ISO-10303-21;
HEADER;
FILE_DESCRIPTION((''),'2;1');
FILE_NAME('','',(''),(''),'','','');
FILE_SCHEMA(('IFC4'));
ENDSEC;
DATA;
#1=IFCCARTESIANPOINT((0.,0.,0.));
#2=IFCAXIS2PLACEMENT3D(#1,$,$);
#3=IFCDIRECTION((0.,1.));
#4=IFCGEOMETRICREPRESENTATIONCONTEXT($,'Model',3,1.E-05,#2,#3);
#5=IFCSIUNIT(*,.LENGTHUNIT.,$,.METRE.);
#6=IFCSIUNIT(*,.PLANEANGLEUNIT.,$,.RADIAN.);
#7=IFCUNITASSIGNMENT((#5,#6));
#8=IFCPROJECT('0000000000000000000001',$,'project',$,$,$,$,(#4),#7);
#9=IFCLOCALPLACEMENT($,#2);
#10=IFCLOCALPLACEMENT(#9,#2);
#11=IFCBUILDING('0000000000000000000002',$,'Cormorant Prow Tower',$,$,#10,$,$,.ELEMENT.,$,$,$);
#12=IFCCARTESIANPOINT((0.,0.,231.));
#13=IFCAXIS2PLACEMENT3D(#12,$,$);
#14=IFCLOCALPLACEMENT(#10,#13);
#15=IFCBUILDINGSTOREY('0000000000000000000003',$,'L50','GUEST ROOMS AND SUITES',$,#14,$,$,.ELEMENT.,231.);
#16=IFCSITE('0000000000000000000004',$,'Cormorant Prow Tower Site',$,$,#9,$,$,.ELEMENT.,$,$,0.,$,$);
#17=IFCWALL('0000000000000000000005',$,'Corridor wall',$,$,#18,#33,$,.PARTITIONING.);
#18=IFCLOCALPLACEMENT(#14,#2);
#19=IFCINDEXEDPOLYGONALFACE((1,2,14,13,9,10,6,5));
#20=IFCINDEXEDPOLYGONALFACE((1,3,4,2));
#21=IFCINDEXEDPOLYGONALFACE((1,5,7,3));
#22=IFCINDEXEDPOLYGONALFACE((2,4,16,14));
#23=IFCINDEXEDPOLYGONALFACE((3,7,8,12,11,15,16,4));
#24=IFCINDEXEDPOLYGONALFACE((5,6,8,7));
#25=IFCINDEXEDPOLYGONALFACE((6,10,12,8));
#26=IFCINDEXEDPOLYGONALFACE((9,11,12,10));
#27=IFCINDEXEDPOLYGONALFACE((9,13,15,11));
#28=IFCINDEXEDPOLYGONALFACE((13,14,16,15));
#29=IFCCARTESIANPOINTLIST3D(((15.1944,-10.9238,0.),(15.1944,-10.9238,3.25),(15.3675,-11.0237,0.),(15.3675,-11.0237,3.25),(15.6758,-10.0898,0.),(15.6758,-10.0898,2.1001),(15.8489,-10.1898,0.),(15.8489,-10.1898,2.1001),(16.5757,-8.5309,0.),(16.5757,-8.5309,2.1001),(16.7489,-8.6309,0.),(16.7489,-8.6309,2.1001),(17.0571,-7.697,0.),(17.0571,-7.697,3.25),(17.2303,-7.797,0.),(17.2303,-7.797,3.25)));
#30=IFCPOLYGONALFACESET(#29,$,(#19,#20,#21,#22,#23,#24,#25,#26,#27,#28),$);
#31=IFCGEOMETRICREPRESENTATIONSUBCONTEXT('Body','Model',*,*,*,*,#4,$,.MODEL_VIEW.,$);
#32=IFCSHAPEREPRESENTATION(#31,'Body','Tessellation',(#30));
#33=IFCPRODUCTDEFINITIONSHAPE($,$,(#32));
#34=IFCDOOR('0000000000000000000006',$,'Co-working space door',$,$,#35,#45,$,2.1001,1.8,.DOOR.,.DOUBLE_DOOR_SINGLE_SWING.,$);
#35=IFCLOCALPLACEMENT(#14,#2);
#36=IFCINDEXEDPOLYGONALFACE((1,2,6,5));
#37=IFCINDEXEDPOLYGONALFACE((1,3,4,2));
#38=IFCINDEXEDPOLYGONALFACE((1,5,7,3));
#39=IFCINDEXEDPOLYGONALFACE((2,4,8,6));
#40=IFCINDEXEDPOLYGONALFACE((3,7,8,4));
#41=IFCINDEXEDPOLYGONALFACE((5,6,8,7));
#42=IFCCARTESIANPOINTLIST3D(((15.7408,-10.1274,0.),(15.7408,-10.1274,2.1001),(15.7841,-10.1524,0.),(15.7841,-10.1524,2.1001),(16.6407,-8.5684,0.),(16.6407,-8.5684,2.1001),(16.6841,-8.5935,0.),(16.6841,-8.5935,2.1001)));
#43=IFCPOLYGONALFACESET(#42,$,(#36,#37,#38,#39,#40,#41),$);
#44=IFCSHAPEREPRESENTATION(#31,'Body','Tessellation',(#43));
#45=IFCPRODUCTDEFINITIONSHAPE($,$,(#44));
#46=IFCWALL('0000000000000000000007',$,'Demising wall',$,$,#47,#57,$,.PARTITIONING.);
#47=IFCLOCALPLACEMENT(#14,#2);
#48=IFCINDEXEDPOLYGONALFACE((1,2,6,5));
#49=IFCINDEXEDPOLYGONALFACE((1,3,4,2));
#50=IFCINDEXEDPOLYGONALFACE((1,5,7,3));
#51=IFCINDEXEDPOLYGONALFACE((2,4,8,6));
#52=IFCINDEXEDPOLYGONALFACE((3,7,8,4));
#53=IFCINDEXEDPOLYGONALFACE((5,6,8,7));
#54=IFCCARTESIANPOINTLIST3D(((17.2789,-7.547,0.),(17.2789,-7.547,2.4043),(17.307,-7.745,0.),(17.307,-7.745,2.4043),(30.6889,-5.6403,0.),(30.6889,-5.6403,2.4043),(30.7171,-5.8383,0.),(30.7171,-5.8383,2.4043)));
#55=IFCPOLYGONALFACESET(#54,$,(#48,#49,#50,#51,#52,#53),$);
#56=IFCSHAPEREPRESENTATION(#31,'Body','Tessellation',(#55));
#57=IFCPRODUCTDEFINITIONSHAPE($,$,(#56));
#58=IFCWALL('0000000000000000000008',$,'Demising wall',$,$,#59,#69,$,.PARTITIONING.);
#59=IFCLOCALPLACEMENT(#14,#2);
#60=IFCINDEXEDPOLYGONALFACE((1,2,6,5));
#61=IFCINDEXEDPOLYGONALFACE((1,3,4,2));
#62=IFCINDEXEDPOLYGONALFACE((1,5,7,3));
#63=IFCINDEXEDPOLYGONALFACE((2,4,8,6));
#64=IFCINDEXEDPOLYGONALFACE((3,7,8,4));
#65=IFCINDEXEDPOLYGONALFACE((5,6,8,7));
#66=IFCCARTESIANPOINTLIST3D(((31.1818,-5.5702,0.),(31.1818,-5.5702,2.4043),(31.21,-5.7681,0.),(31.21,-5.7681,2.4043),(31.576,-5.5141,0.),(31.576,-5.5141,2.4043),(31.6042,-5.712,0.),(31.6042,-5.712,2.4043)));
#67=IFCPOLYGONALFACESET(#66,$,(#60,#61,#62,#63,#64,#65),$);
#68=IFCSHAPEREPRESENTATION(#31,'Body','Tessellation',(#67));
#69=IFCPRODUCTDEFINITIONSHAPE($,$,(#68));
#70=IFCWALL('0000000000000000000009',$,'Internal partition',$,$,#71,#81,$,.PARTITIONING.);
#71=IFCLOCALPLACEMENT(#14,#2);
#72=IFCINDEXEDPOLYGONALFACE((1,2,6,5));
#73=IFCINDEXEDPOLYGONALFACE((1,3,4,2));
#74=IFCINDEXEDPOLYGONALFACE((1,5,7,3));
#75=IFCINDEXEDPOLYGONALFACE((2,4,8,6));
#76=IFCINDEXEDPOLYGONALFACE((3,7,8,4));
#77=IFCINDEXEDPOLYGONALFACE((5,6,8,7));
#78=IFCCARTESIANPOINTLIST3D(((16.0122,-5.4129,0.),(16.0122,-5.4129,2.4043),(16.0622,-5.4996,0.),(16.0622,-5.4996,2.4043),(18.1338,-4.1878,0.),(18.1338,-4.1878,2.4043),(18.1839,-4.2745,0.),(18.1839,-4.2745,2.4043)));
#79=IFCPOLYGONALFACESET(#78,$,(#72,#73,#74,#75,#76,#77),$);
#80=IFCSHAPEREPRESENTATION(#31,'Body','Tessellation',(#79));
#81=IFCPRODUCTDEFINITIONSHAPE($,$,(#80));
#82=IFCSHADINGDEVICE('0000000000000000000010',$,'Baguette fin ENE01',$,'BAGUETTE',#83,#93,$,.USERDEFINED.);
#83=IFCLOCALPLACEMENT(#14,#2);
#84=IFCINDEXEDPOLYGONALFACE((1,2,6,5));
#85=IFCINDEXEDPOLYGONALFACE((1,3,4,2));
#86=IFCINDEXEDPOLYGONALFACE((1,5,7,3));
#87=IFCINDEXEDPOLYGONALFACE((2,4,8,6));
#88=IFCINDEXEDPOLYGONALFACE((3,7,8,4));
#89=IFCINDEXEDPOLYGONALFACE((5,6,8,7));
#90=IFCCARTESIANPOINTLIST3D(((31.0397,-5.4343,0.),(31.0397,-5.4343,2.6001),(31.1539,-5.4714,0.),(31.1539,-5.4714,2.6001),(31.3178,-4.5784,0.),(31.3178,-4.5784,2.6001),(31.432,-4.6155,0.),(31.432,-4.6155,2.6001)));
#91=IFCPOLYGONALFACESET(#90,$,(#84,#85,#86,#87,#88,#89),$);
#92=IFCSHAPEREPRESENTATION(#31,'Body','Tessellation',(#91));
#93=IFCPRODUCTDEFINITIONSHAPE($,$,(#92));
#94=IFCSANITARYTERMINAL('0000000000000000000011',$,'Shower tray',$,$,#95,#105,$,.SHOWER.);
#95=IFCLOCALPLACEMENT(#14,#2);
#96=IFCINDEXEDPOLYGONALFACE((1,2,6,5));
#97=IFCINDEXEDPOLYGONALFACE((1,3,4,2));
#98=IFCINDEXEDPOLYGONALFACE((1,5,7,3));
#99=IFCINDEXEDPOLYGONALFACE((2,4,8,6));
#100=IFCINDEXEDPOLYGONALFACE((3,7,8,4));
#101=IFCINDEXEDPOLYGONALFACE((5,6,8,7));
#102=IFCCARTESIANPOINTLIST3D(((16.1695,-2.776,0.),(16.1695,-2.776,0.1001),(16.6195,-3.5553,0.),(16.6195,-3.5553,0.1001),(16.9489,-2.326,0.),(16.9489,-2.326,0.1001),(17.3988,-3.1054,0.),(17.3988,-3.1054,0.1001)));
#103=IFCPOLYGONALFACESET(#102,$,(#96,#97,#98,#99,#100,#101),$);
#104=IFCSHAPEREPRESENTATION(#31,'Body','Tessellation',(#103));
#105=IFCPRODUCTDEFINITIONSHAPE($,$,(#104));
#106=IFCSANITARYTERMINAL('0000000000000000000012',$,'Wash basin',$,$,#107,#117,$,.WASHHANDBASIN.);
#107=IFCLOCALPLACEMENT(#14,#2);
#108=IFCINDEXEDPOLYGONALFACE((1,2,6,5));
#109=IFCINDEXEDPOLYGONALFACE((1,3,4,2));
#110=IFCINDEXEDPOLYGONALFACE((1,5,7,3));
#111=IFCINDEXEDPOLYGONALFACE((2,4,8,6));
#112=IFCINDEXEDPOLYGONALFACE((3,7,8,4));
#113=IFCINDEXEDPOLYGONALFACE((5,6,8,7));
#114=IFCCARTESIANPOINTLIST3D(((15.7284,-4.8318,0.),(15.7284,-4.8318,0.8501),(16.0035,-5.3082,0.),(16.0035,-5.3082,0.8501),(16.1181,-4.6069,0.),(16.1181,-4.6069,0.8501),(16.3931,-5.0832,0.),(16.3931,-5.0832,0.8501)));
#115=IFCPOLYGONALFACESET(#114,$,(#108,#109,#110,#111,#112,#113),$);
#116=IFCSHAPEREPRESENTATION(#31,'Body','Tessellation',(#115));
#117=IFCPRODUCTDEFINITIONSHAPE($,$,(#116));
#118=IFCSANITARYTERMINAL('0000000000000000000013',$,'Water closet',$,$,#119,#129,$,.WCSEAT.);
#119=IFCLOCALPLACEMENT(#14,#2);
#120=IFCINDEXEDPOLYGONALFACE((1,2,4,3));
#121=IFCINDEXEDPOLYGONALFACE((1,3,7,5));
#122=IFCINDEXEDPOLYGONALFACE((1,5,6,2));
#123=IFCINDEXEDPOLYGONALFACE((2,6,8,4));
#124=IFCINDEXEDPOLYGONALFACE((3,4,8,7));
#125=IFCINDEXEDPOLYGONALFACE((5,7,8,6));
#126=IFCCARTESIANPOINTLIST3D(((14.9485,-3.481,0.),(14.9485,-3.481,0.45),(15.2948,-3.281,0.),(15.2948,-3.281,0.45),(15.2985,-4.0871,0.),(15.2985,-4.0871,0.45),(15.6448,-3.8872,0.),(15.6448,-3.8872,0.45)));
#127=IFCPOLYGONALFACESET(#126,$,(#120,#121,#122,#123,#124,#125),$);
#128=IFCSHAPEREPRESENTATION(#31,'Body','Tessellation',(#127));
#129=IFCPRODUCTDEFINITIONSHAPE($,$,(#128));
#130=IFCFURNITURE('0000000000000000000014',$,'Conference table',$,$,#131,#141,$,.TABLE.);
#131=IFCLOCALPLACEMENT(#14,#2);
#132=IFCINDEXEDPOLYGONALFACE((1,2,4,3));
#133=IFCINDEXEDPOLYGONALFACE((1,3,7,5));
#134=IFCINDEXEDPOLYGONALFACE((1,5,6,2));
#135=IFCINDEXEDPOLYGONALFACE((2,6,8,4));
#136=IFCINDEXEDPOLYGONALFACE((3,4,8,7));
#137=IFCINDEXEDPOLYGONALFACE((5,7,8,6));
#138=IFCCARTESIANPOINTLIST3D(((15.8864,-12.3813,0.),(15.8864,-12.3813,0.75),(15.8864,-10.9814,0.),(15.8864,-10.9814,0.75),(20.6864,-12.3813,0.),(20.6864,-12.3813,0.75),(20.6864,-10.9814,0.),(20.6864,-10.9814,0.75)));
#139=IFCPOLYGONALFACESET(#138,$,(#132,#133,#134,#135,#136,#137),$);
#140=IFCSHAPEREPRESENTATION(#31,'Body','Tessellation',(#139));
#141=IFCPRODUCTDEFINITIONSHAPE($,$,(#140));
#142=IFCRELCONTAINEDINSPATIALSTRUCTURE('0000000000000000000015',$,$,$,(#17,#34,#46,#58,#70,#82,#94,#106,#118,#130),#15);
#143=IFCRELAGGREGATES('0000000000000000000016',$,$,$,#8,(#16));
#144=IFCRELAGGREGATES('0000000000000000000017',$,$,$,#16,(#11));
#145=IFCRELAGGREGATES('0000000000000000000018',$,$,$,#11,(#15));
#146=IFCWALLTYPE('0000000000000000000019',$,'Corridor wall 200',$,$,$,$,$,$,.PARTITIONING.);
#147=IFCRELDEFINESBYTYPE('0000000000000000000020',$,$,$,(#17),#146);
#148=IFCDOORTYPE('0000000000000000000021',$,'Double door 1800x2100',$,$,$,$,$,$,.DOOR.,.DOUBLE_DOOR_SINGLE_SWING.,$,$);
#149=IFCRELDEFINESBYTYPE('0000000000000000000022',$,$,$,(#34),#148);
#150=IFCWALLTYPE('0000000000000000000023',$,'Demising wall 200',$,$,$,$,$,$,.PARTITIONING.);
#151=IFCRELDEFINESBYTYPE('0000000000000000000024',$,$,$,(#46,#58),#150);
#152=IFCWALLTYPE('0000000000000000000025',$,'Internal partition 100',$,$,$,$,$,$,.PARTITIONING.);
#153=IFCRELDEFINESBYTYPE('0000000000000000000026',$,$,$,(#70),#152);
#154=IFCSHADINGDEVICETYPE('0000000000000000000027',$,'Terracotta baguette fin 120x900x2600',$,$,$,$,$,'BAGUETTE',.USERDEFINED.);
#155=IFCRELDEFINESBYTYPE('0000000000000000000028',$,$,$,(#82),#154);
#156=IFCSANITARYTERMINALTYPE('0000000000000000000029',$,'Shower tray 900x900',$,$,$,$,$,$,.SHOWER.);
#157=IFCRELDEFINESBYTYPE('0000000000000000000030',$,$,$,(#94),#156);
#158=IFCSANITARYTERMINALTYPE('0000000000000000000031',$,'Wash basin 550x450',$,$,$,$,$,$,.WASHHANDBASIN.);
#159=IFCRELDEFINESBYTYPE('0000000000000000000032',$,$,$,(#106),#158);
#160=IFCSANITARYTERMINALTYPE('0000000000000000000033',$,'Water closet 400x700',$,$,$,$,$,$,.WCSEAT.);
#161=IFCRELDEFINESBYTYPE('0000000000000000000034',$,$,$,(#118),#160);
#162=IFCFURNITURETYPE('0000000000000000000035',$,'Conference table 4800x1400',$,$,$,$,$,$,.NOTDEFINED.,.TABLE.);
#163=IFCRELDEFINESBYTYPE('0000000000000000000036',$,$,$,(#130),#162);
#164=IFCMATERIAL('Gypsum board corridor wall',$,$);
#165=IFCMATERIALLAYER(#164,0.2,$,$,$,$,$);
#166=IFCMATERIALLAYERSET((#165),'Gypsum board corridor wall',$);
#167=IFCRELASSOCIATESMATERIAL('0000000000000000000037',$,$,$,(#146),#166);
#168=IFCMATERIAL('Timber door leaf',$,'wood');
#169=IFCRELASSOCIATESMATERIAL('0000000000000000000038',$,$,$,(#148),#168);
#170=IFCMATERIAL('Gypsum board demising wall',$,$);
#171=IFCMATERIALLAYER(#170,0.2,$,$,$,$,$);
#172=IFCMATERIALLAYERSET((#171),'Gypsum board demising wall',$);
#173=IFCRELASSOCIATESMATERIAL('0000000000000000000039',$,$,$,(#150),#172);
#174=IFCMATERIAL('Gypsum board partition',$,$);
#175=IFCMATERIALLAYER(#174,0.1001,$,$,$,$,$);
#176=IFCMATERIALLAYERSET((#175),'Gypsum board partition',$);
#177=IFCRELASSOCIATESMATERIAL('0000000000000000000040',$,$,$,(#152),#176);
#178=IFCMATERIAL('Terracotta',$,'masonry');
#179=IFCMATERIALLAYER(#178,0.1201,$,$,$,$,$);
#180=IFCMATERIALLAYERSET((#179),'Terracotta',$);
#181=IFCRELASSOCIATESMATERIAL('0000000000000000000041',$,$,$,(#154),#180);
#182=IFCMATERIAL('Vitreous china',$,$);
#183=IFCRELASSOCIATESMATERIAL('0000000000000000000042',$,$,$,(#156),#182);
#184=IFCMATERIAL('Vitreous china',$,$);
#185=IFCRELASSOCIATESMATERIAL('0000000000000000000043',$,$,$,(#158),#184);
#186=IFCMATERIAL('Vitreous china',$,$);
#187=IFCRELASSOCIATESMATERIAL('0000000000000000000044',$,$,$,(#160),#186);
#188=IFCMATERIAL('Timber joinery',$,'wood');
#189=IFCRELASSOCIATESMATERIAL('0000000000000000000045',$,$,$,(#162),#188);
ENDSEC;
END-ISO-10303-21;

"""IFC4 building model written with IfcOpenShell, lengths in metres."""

from ifc_helpers import new_model, si_unit, direction, frame, frame_2d, origin, origin_2d, place, context, subcontext, project, spatial, rectangle, extrude, material, layer, layer_set, type_object, element, fill, save


model = new_model("IFC4")

# Units and contexts
model_context = context("Model", 3, precision=1e-05, world=origin(), true_north=direction((0.0, 1.0)))
body_context = subcontext(model_context, "Body", "Model", "MODEL_VIEW")
ifc_project = project(units=[si_unit("LENGTHUNIT", "METRE"), si_unit("PLANEANGLEUNIT", "RADIAN")], contexts=[model_context])

# Site, building, storey
site_placement = place(None, origin())
site = spatial("IfcSite", under=ifc_project, at=site_placement, Name="Cormorant Prow Tower Site", CompositionType="ELEMENT", RefElevation=0.0)
building_placement = place(site_placement, origin())
building = spatial("IfcBuilding", under=site, at=building_placement, Name="Cormorant Prow Tower", CompositionType="ELEMENT")
storey_placement = place(building_placement, frame((0.0, 0.0, 231.0)))
storey = spatial("IfcBuildingStorey", under=building, at=storey_placement, Name="L50", Description="GUEST ROOMS AND SUITES", CompositionType="ELEMENT", Elevation=231.0)

# Wall, opening, door
ifc_material_1 = material(Name="Gypsum board corridor wall")
ifc_layer_1 = layer(ifc_material_1, 0.2)
ifc_layer_set_1 = layer_set([ifc_layer_1], Name="Gypsum board corridor wall")
wall_type_1 = type_object("IfcWallType", Name="Corridor wall 200", PredefinedType="PARTITIONING", material=ifc_layer_set_1)
wall_1_placement = place(storey_placement, frame((15.281, -10.9736, 0.0), z_axis=(0.0, 0.0, 1.0), x_axis=(0.499959, 0.866049, 0.0)))
wall_1 = element("IfcWall", 1, at=wall_1_placement, inside=storey, type_object=wall_type_1, Name="Corridor wall", PredefinedType="PARTITIONING", context=body_context, shape_type="SweptSolid", body=[
    extrude(rectangle(XDim=3.7258, YDim=0.2, at=frame_2d((1.8628, 0.0))), origin(), (0.0, 0.0, 1.0), 3.25),
])
opening_1_placement = place(wall_1_placement, frame((0.9629, 0.0, 0.0)))
opening_1 = element("IfcOpeningElement", 2, at=opening_1_placement, cuts=wall_1, PredefinedType="OPENING", context=body_context, shape_type="SweptSolid", body=[
    extrude(rectangle(XDim=1.8, YDim=2.1001, at=frame_2d((0.8999, 1.05))), frame((0.0, 0.1099, 0.0), z_axis=(0.0, -1.0, 0.0), x_axis=(1.0, 0.0, 0.0)), (0.0, 0.0, 1.0), 0.22),
])
ifc_material_2 = material(Name="Timber door leaf", Category="wood")
door_type_1 = type_object("IfcDoorType", Name="Double door 1800x2100", OperationType="DOUBLE_DOOR_SINGLE_SWING", PredefinedType="DOOR", material=ifc_material_2)
door_1_placement = place(opening_1_placement, origin())
door_1 = element("IfcDoor", 3, at=door_1_placement, inside=storey, type_object=door_type_1, Name="Co-working space door", OperationType="DOUBLE_DOOR_SINGLE_SWING", OverallHeight=2.1001, OverallWidth=1.8, PredefinedType="DOOR", context=body_context, shape_type="SweptSolid", body=[
    extrude(rectangle(XDim=1.8, YDim=2.1001, at=frame_2d((0.8999, 1.05))), frame((0.0, 0.0249, 0.0), z_axis=(0.0, -1.0, 0.0), x_axis=(1.0, 0.0, 0.0)), (0.0, 0.0, 1.0), 0.05),
])
fill(opening_1, door_1)

# Walls
ifc_material_3 = material(Name="Gypsum board demising wall")
ifc_layer_2 = layer(ifc_material_3, 0.2)
ifc_layer_set_2 = layer_set([ifc_layer_2], Name="Gypsum board demising wall")
wall_type_2 = type_object("IfcWallType", Name="Demising wall 200", PredefinedType="PARTITIONING", material=ifc_layer_set_2)
wall_2_placement = place(storey_placement, frame((17.293, -7.646, 0.0), z_axis=(0.0, 0.0, 1.0), x_axis=(0.990042, 0.14077, 0.0)))
element("IfcWall", 4, at=wall_2_placement, inside=storey, type_object=wall_type_2, Name="Demising wall", PredefinedType="PARTITIONING", context=body_context, shape_type="SweptSolid", body=[
    extrude(rectangle(XDim=13.5449, YDim=0.2, at=frame_2d((6.7725, 0.0))), origin(), (0.0, 0.0, 1.0), 2.4043),
])
wall_3_placement = place(storey_placement, frame((31.1958, -5.6692, 0.0), z_axis=(0.0, 0.0, 1.0), x_axis=(0.990011, 0.140992, 0.0)))
element("IfcWall", 5, at=wall_3_placement, inside=storey, type_object=wall_type_2, Name="Demising wall", PredefinedType="PARTITIONING", context=body_context, shape_type="SweptSolid", body=[
    extrude(rectangle(XDim=0.3982, YDim=0.2, at=frame_2d((0.1992, 0.0))), origin(), (0.0, 0.0, 1.0), 2.4043),
])
ifc_material_4 = material(Name="Gypsum board partition")
ifc_layer_3 = layer(ifc_material_4, 0.1001)
ifc_layer_set_3 = layer_set([ifc_layer_3], Name="Gypsum board partition")
wall_type_3 = type_object("IfcWallType", Name="Internal partition 100", PredefinedType="PARTITIONING", material=ifc_layer_set_3)
wall_4_placement = place(storey_placement, frame((16.0371, -5.4563, 0.0), z_axis=(0.0, 0.0, 1.0), x_axis=(0.86599, 0.500062, 0.0)))
element("IfcWall", 6, at=wall_4_placement, inside=storey, type_object=wall_type_3, Name="Internal partition", PredefinedType="PARTITIONING", context=body_context, shape_type="SweptSolid", body=[
    extrude(rectangle(XDim=2.45, YDim=0.1001, at=frame_2d((1.2251, 0.0))), origin(), (0.0, 0.0, 1.0), 2.4043),
])

# Shading device
ifc_material_5 = material(Name="Terracotta", Category="masonry")
ifc_layer_4 = layer(ifc_material_5, 0.1201)
ifc_layer_set_4 = layer_set([ifc_layer_4], Name="Terracotta")
shading_device_type = type_object("IfcShadingDeviceType", Name="Terracotta baguette fin 120x900x2600", ElementType="BAGUETTE", PredefinedType="USERDEFINED", material=ifc_layer_set_4)
shading_device_placement = place(storey_placement, frame((31.2358, -5.0249, 0.0), z_axis=(0.0, 0.0, 1.0), x_axis=(-0.951057, 0.309017, 0.0)))
element("IfcShadingDevice", 7, at=shading_device_placement, inside=storey, type_object=shading_device_type, Name="Baguette fin ENE01", ObjectType="BAGUETTE", PredefinedType="USERDEFINED", context=body_context, shape_type="SweptSolid", body=[
    extrude(rectangle(XDim=0.1201, YDim=0.8999, at=origin_2d()), origin(), (0.0, 0.0, 1.0), 2.6001),
])

# Sanitary terminals
ifc_material_6 = material(Name="Vitreous china")
sanitary_terminal_type_1 = type_object("IfcSanitaryTerminalType", Name="Shower tray 900x900", PredefinedType="SHOWER", material=ifc_material_6)
sanitary_terminal_1_placement = place(storey_placement, frame((16.7842, -2.9407, 0.0), z_axis=(0.0, 0.0, 1.0), x_axis=(0.5, -0.866025, 0.0)))
element("IfcSanitaryTerminal", 8, at=sanitary_terminal_1_placement, inside=storey, type_object=sanitary_terminal_type_1, Name="Shower tray", PredefinedType="SHOWER", context=body_context, shape_type="SweptSolid", body=[
    extrude(rectangle(XDim=0.8999, YDim=0.8999, at=origin_2d()), origin(), (0.0, 0.0, 1.0), 0.1001),
])
ifc_material_7 = material(Name="Vitreous china")
sanitary_terminal_type_2 = type_object("IfcSanitaryTerminalType", Name="Wash basin 550x450", PredefinedType="WASHHANDBASIN", material=ifc_material_7)
sanitary_terminal_2_placement = place(storey_placement, frame((16.0608, -4.9575, 0.0), z_axis=(0.0, 0.0, 1.0), x_axis=(-0.5, 0.866025, 0.0)))
element("IfcSanitaryTerminal", 9, at=sanitary_terminal_2_placement, inside=storey, type_object=sanitary_terminal_type_2, Name="Wash basin", PredefinedType="WASHHANDBASIN", context=body_context, shape_type="SweptSolid", body=[
    extrude(rectangle(XDim=0.55, YDim=0.45, at=origin_2d()), origin(), (0.0, 0.0, 1.0), 0.8501),
])
ifc_material_8 = material(Name="Vitreous china")
sanitary_terminal_type_3 = type_object("IfcSanitaryTerminalType", Name="Water closet 400x700", PredefinedType="WCSEAT", material=ifc_material_8)
sanitary_terminal_3_placement = place(storey_placement, frame((15.2966, -3.6841, 0.0), z_axis=(0.0, 0.0, 1.0), x_axis=(0.866025, 0.5, 0.0)))
element("IfcSanitaryTerminal", 10, at=sanitary_terminal_3_placement, inside=storey, type_object=sanitary_terminal_type_3, Name="Water closet", PredefinedType="WCSEAT", context=body_context, shape_type="SweptSolid", body=[
    extrude(rectangle(XDim=0.3999, YDim=0.7, at=origin_2d()), origin(), (0.0, 0.0, 1.0), 0.45),
])

# Furniture
ifc_material_9 = material(Name="Timber joinery", Category="wood")
furniture_type = type_object("IfcFurnitureType", Name="Conference table 4800x1400", AssemblyPlace="NOTDEFINED", PredefinedType="TABLE", material=ifc_material_9)
furniture_placement = place(storey_placement, frame((18.2864, -11.6814, 0.0), z_axis=(0.0, 0.0, 1.0), x_axis=(1.0, 0.0, 0.0)))
element("IfcFurniture", 11, at=furniture_placement, inside=storey, type_object=furniture_type, Name="Conference table", PredefinedType="TABLE", context=body_context, shape_type="SweptSolid", body=[
    extrude(rectangle(XDim=4.8, YDim=1.3999, at=origin_2d()), origin(), (0.0, 0.0, 1.0), 0.75),
])

save(model, "model.ifc")
